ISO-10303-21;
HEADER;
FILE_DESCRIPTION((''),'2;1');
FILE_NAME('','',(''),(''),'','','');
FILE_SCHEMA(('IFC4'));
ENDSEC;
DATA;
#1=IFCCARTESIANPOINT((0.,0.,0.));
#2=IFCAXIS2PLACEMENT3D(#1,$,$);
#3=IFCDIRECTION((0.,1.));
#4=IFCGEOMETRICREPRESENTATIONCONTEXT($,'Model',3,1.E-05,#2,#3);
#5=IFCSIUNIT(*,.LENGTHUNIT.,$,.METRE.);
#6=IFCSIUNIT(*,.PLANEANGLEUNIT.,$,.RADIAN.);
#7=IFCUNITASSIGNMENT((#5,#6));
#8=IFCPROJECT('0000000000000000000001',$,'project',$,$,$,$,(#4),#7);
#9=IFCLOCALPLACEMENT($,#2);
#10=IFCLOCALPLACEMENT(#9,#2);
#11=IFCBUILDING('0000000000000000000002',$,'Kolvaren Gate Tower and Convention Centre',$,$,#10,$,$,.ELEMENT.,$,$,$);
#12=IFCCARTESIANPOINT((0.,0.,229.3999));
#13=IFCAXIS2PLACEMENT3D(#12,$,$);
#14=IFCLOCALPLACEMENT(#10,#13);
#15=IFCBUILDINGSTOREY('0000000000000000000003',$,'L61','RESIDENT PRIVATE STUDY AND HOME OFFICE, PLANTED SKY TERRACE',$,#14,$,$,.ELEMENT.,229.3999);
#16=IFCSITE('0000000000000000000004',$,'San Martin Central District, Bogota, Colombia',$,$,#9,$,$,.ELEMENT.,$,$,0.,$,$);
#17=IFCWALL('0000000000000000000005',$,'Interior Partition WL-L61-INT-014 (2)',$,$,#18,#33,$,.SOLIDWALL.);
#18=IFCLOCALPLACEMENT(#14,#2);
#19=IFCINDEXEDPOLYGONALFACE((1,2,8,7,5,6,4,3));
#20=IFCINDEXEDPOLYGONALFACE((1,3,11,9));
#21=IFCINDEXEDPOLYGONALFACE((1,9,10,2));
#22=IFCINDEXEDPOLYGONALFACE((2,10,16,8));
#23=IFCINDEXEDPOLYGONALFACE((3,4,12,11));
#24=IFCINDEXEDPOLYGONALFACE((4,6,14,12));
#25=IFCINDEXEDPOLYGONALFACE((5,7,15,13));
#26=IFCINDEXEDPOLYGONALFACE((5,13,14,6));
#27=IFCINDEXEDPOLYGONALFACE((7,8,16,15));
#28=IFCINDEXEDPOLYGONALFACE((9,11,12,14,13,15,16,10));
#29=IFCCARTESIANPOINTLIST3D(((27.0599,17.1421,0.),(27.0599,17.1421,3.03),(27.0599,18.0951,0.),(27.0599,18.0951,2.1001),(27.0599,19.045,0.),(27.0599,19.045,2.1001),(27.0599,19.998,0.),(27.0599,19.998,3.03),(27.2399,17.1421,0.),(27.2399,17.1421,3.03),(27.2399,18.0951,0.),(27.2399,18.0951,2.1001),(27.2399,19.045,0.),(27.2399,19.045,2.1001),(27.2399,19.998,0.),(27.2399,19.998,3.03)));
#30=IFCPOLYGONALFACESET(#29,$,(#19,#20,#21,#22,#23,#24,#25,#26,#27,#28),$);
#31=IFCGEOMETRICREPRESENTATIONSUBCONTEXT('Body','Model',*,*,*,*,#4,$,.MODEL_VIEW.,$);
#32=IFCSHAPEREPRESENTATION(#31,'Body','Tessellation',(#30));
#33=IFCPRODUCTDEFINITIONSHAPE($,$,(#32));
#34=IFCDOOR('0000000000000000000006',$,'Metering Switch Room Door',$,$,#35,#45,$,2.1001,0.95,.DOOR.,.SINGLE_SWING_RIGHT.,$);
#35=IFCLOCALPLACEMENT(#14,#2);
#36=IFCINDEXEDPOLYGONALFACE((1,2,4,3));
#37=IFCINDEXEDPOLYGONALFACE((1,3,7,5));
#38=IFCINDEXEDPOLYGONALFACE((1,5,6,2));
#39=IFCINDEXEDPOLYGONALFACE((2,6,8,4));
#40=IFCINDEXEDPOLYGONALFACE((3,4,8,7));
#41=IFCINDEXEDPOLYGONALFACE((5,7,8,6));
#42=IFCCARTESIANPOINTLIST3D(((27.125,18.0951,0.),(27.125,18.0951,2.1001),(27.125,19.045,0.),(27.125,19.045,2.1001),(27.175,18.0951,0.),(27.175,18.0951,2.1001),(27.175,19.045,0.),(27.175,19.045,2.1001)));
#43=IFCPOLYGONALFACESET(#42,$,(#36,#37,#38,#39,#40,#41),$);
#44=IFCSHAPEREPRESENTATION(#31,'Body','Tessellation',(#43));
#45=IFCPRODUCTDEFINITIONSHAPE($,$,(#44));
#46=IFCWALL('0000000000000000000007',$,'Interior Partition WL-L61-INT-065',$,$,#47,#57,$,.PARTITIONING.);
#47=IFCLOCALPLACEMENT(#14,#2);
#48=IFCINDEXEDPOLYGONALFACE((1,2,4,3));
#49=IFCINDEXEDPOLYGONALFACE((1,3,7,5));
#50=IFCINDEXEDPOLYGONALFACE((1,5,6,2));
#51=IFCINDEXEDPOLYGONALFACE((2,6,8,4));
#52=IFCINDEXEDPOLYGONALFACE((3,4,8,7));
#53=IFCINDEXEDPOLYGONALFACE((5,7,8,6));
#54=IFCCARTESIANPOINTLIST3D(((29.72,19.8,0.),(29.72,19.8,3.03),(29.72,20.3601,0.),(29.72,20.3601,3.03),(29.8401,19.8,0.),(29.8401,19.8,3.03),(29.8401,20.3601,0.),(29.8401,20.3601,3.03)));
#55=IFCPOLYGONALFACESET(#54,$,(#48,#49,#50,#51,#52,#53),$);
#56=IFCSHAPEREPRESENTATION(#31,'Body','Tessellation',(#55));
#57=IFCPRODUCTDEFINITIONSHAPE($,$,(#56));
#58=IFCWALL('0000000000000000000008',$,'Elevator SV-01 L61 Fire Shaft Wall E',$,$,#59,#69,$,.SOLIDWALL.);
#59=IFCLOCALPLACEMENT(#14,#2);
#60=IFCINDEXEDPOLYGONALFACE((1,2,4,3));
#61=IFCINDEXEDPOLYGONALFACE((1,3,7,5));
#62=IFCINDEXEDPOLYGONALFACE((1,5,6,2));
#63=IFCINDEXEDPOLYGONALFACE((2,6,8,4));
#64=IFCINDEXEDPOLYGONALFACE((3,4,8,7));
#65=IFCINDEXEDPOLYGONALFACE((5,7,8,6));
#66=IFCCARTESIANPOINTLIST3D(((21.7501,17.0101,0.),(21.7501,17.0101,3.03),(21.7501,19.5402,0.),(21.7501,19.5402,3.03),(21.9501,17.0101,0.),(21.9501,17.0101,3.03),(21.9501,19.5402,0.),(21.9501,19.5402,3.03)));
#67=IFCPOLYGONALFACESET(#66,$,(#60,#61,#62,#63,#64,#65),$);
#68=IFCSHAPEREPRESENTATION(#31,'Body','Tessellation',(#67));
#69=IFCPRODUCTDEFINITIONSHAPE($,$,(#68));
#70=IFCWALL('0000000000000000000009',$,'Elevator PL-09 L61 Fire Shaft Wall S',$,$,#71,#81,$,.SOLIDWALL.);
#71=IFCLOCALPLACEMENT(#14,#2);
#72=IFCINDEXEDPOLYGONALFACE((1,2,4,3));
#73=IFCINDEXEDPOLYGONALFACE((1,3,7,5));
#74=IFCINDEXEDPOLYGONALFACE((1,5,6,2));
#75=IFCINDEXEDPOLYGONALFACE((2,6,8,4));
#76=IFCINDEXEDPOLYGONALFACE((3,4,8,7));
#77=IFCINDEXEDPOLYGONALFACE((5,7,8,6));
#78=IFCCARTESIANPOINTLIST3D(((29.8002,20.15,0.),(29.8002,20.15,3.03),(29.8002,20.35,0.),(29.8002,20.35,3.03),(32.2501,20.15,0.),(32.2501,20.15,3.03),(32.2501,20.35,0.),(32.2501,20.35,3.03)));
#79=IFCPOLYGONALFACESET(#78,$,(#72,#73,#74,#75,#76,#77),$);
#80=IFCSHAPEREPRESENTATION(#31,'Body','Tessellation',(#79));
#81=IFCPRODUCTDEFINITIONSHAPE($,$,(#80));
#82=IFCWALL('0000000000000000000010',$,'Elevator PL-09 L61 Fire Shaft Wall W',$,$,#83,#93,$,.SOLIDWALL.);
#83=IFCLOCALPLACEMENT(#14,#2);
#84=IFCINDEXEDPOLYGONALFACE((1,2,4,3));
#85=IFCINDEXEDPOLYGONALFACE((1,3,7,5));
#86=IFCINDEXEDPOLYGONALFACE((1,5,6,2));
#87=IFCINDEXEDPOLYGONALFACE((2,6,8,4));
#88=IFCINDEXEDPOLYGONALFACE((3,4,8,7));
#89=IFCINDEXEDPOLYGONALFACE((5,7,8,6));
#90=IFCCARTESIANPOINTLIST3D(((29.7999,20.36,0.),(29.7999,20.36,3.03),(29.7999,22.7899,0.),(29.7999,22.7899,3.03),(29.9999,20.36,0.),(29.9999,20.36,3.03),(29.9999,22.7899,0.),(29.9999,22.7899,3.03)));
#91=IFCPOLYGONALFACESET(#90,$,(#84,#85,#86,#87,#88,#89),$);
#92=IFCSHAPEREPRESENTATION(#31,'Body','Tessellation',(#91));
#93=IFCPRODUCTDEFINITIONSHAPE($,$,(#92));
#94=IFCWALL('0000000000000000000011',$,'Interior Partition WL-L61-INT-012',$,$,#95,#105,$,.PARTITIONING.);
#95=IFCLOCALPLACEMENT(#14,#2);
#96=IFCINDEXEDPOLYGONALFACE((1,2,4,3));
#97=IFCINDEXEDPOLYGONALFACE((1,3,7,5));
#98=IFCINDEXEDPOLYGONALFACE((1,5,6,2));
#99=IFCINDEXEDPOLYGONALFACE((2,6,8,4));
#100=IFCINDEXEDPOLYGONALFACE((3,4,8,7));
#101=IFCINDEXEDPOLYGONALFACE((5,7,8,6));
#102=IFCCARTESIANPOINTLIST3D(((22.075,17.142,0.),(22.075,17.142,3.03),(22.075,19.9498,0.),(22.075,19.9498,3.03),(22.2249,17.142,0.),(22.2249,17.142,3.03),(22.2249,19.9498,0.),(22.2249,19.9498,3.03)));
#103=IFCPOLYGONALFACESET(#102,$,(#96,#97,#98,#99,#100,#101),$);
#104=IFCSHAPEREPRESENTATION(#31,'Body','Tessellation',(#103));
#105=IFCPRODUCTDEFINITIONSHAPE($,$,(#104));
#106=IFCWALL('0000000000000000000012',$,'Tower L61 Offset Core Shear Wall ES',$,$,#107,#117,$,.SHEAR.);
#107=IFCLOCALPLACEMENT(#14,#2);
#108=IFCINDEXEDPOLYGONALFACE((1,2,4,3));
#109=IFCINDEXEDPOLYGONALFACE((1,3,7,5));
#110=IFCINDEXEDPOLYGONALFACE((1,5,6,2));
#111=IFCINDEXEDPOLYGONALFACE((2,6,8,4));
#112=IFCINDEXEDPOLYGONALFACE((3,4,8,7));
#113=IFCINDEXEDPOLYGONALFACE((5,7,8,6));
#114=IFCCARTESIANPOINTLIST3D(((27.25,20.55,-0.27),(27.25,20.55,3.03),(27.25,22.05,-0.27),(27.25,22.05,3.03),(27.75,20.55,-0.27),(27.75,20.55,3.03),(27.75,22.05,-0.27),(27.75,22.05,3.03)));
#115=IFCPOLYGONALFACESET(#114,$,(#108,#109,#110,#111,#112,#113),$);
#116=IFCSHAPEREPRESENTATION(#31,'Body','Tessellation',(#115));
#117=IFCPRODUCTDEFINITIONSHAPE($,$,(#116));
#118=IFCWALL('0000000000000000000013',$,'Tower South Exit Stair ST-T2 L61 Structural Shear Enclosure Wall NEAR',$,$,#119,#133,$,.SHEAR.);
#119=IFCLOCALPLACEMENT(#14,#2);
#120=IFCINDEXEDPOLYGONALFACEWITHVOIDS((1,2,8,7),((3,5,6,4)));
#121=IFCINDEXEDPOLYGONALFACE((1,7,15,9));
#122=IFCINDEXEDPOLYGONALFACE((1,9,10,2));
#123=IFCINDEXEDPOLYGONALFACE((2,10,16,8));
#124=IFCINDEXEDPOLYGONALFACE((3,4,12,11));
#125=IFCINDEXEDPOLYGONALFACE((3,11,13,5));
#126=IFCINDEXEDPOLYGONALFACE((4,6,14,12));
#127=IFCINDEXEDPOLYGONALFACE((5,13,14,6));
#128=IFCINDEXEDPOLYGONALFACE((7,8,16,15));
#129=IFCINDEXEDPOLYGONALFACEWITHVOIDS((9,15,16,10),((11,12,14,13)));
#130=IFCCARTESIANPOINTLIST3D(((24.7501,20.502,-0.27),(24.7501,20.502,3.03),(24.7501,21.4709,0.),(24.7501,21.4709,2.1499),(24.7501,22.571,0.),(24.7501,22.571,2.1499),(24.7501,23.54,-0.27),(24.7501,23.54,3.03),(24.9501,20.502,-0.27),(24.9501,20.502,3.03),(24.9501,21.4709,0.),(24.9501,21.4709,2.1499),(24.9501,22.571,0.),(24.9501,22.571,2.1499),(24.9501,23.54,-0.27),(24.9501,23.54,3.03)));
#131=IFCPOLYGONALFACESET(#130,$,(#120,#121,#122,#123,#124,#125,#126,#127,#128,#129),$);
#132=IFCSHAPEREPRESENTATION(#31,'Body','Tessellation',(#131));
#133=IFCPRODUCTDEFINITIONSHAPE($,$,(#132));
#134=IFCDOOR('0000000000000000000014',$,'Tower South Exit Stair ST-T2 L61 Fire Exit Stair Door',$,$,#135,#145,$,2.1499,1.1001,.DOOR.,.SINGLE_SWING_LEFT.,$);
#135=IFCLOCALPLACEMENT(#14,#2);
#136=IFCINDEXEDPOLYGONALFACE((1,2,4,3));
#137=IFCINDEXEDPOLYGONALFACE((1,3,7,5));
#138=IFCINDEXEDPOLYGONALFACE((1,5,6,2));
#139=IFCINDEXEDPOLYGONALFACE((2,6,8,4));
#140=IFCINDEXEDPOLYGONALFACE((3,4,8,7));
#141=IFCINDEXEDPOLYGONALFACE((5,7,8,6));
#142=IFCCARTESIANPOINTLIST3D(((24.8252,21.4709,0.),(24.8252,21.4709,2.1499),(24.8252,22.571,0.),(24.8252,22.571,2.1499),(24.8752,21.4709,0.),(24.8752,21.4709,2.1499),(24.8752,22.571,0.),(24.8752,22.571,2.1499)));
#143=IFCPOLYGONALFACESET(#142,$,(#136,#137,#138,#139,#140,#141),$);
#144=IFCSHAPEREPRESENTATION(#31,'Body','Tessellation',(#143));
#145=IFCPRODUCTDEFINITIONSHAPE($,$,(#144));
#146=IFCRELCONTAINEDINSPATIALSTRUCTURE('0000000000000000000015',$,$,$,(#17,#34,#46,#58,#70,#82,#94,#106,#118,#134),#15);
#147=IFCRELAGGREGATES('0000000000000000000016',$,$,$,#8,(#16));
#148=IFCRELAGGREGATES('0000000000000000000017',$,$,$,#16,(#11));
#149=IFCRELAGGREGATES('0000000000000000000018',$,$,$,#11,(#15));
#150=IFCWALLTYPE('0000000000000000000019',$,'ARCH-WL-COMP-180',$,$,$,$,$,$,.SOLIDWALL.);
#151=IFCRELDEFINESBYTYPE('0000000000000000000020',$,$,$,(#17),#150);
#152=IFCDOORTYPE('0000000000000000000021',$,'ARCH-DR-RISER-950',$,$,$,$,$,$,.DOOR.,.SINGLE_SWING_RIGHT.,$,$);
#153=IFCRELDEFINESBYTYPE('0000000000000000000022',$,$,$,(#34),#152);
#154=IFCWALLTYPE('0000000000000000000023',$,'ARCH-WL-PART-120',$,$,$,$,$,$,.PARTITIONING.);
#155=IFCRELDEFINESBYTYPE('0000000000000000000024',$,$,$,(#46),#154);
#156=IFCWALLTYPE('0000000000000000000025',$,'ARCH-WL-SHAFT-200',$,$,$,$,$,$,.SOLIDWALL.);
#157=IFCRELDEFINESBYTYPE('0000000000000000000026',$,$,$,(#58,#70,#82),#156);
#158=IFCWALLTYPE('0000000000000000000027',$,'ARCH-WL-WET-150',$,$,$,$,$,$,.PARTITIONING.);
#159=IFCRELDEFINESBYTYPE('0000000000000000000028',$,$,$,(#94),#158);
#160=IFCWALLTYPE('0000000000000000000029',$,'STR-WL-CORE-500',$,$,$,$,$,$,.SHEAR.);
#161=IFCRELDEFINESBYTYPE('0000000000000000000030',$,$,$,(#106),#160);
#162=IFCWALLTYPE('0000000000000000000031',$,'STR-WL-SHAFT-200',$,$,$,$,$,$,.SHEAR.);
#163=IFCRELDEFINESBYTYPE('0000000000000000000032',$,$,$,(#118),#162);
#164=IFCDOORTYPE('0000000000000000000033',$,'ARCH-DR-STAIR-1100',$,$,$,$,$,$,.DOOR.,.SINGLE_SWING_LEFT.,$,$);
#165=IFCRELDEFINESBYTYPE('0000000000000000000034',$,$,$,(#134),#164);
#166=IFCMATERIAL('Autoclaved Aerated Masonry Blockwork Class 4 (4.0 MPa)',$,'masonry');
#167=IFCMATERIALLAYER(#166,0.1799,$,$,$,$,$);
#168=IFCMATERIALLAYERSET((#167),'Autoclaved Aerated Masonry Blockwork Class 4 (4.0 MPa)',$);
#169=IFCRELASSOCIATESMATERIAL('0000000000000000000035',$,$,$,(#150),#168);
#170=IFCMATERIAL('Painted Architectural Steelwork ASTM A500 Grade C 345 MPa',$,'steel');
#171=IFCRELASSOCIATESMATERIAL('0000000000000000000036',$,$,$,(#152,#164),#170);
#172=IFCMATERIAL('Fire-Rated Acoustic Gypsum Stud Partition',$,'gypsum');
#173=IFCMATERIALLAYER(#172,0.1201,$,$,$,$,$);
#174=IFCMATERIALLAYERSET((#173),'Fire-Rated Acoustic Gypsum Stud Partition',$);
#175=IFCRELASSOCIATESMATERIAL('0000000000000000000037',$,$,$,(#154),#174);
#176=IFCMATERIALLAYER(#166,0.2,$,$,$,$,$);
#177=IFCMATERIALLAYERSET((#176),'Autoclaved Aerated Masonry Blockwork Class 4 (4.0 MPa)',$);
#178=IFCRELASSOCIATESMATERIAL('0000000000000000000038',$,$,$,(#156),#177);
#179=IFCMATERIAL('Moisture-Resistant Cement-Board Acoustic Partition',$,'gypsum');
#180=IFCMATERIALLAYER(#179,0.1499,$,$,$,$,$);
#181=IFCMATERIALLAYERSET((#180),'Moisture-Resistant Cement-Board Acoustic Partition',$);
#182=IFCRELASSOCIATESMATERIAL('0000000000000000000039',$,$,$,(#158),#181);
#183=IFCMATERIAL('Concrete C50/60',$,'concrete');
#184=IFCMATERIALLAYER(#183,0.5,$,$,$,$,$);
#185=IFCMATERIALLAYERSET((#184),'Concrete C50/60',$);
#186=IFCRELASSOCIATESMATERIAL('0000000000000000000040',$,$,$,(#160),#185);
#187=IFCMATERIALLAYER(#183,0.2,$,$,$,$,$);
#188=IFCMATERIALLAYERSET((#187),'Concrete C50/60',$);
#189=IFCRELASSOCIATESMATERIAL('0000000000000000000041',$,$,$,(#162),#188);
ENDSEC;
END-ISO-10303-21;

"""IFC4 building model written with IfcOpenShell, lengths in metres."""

from ifc_helpers import new_model, si_unit, direction, frame, frame_2d, origin, place, context, subcontext, project, spatial, rectangle, extrude, material, layer, layer_set, type_object, element, fill, save


model = new_model("IFC4")

# Units and contexts
model_context = context("Model", 3, precision=1e-05, world=origin(), true_north=direction((0.0, 1.0)))
body_context = subcontext(model_context, "Body", "Model", "MODEL_VIEW")
ifc_project = project(units=[si_unit("LENGTHUNIT", "METRE"), si_unit("PLANEANGLEUNIT", "RADIAN")], contexts=[model_context])

# Site, building, storey
site_placement = place(None, origin())
site = spatial("IfcSite", under=ifc_project, at=site_placement, Name="San Martin Central District, Bogota, Colombia", CompositionType="ELEMENT", RefElevation=0.0)
building_placement = place(site_placement, origin())
building = spatial("IfcBuilding", under=site, at=building_placement, Name="Kolvaren Gate Tower and Convention Centre", CompositionType="ELEMENT")
storey_placement = place(building_placement, frame((0.0, 0.0, 229.3999)))
storey = spatial("IfcBuildingStorey", under=building, at=storey_placement, Name="L61", Description="RESIDENT PRIVATE STUDY AND HOME OFFICE, PLANTED SKY TERRACE", CompositionType="ELEMENT", Elevation=229.3999)

# Shared definitions
ifc_material_1 = material(Name="Autoclaved Aerated Masonry Blockwork Class 4 (4.0 MPa)", Category="masonry")
ifc_layer_1 = layer(ifc_material_1, 0.1799)
ifc_layer_set_1 = layer_set([ifc_layer_1], Name="Autoclaved Aerated Masonry Blockwork Class 4 (4.0 MPa)")
wall_type_1 = type_object("IfcWallType", Name="ARCH-WL-COMP-180", PredefinedType="SOLIDWALL", material=ifc_layer_set_1)
ifc_material_2 = material(Name="Painted Architectural Steelwork ASTM A500 Grade C 345 MPa", Category="steel")
door_type_1 = type_object("IfcDoorType", Name="ARCH-DR-RISER-950", OperationType="SINGLE_SWING_RIGHT", PredefinedType="DOOR", material=ifc_material_2)

# Wall, opening, door
wall_1_placement = place(storey_placement, frame((27.1499, 17.1421, 0.0), z_axis=(0.0, 0.0, 1.0), x_axis=(0.0, 1.0, 0.0)))
wall_1 = element("IfcWall", 1, at=wall_1_placement, inside=storey, type_object=wall_type_1, Name="Interior Partition WL-L61-INT-014 (2)", PredefinedType="SOLIDWALL", context=body_context, shape_type="SweptSolid", body=[
    extrude(rectangle(XDim=2.856, YDim=0.1799, at=frame_2d((1.428, 0.0))), origin(), (0.0, 0.0, 1.0), 3.03),
])
opening_1_placement = place(wall_1_placement, frame((0.9529, 0.0, 0.0)))
opening_1 = element("IfcOpeningElement", 2, at=opening_1_placement, cuts=wall_1, PredefinedType="OPENING", context=body_context, shape_type="SweptSolid", body=[
    extrude(rectangle(XDim=0.95, YDim=2.1001, at=frame_2d((0.4751, 1.05))), frame((0.0, 0.0999, 0.0), z_axis=(0.0, -1.0, 0.0), x_axis=(1.0, 0.0, 0.0)), (0.0, 0.0, 1.0), 0.2),
])
door_1_placement = place(opening_1_placement, origin())
door_1 = element("IfcDoor", 3, at=door_1_placement, inside=storey, type_object=door_type_1, Name="Metering Switch Room Door", OperationType="SINGLE_SWING_RIGHT", OverallHeight=2.1001, OverallWidth=0.95, PredefinedType="DOOR", context=body_context, shape_type="SweptSolid", body=[
    extrude(rectangle(XDim=0.95, YDim=2.1001, at=frame_2d((0.4751, 1.05))), frame((0.0, 0.0249, 0.0), z_axis=(0.0, -1.0, 0.0), x_axis=(1.0, 0.0, 0.0)), (0.0, 0.0, 1.0), 0.05),
])
fill(opening_1, door_1)

# Walls
ifc_material_3 = material(Name="Fire-Rated Acoustic Gypsum Stud Partition", Category="gypsum")
ifc_layer_2 = layer(ifc_material_3, 0.1201)
ifc_layer_set_2 = layer_set([ifc_layer_2], Name="Fire-Rated Acoustic Gypsum Stud Partition")
wall_type_2 = type_object("IfcWallType", Name="ARCH-WL-PART-120", PredefinedType="PARTITIONING", material=ifc_layer_set_2)
wall_2_placement = place(storey_placement, frame((29.78, 19.8, 0.0), z_axis=(0.0, 0.0, 1.0), x_axis=(0.0, 1.0, 0.0)))
element("IfcWall", 4, at=wall_2_placement, inside=storey, type_object=wall_type_2, Name="Interior Partition WL-L61-INT-065", PredefinedType="PARTITIONING", context=body_context, shape_type="SweptSolid", body=[
    extrude(rectangle(XDim=0.5601, YDim=0.1201, at=frame_2d((0.28, 0.0))), origin(), (0.0, 0.0, 1.0), 3.03),
])
ifc_layer_3 = layer(ifc_material_1, 0.2)
ifc_layer_set_3 = layer_set([ifc_layer_3], Name="Autoclaved Aerated Masonry Blockwork Class 4 (4.0 MPa)")
wall_type_3 = type_object("IfcWallType", Name="ARCH-WL-SHAFT-200", PredefinedType="SOLIDWALL", material=ifc_layer_set_3)
wall_3_placement = place(storey_placement, frame((21.8501, 17.01, 0.0), z_axis=(0.0, 0.0, 1.0), x_axis=(0.0, 1.0, 0.0)))
element("IfcWall", 5, at=wall_3_placement, inside=storey, type_object=wall_type_3, Name="Elevator SV-01 L61 Fire Shaft Wall E", PredefinedType="SOLIDWALL", context=body_context, shape_type="SweptSolid", body=[
    extrude(rectangle(XDim=2.53, YDim=0.2, at=frame_2d((1.2651, 0.0))), origin(), (0.0, 0.0, 1.0), 3.03),
])
wall_4_placement = place(storey_placement, frame((29.8, 20.25, 0.0), z_axis=(0.0, 0.0, 1.0), x_axis=(1.0, 0.0, 0.0)))
element("IfcWall", 6, at=wall_4_placement, inside=storey, type_object=wall_type_3, Name="Elevator PL-09 L61 Fire Shaft Wall S", PredefinedType="SOLIDWALL", context=body_context, shape_type="SweptSolid", body=[
    extrude(rectangle(XDim=2.45, YDim=0.2, at=frame_2d((1.2251, 0.0))), origin(), (0.0, 0.0, 1.0), 3.03),
])
wall_5_placement = place(storey_placement, frame((29.8999, 20.3601, 0.0), z_axis=(0.0, 0.0, 1.0), x_axis=(0.0, 1.0, 0.0)))
element("IfcWall", 7, at=wall_5_placement, inside=storey, type_object=wall_type_3, Name="Elevator PL-09 L61 Fire Shaft Wall W", PredefinedType="SOLIDWALL", context=body_context, shape_type="SweptSolid", body=[
    extrude(rectangle(XDim=2.4299, YDim=0.2, at=frame_2d((1.2148, 0.0))), origin(), (0.0, 0.0, 1.0), 3.03),
])
ifc_material_4 = material(Name="Moisture-Resistant Cement-Board Acoustic Partition", Category="gypsum")
ifc_layer_4 = layer(ifc_material_4, 0.1499)
ifc_layer_set_4 = layer_set([ifc_layer_4], Name="Moisture-Resistant Cement-Board Acoustic Partition")
wall_type_4 = type_object("IfcWallType", Name="ARCH-WL-WET-150", PredefinedType="PARTITIONING", material=ifc_layer_set_4)
wall_6_placement = place(storey_placement, frame((22.1499, 17.1421, 0.0), z_axis=(0.0, 0.0, 1.0), x_axis=(0.0, 1.0, 0.0)))
element("IfcWall", 8, at=wall_6_placement, inside=storey, type_object=wall_type_4, Name="Interior Partition WL-L61-INT-012", PredefinedType="PARTITIONING", context=body_context, shape_type="SweptSolid", body=[
    extrude(rectangle(XDim=2.8079, YDim=0.1499, at=frame_2d((1.4038, 0.0))), origin(), (0.0, 0.0, 1.0), 3.03),
])
ifc_material_5 = material(Name="Concrete C50/60", Category="concrete")
ifc_layer_5 = layer(ifc_material_5, 0.5)
ifc_layer_set_5 = layer_set([ifc_layer_5], Name="Concrete C50/60")
wall_type_5 = type_object("IfcWallType", Name="STR-WL-CORE-500", PredefinedType="SHEAR", material=ifc_layer_set_5)
wall_7_placement = place(storey_placement, frame((27.5, 20.55, -0.27), z_axis=(0.0, 0.0, 1.0), x_axis=(0.0, 1.0, 0.0)))
element("IfcWall", 9, at=wall_7_placement, inside=storey, type_object=wall_type_5, Name="Tower L61 Offset Core Shear Wall ES", PredefinedType="SHEAR", context=body_context, shape_type="SweptSolid", body=[
    extrude(rectangle(XDim=1.5, YDim=0.5, at=frame_2d((0.75, 0.0))), origin(), (0.0, 0.0, 1.0), 3.3),
])

# Wall, opening, door
ifc_layer_6 = layer(ifc_material_5, 0.2)
ifc_layer_set_6 = layer_set([ifc_layer_6], Name="Concrete C50/60")
wall_type_6 = type_object("IfcWallType", Name="STR-WL-SHAFT-200", PredefinedType="SHEAR", material=ifc_layer_set_6)
wall_8_placement = place(storey_placement, frame((24.8501, 20.502, -0.27), z_axis=(0.0, 0.0, 1.0), x_axis=(0.0, 1.0, 0.0)))
wall_8 = element("IfcWall", 10, at=wall_8_placement, inside=storey, type_object=wall_type_6, Name="Tower South Exit Stair ST-T2 L61 Structural Shear Enclosure Wall NEAR", PredefinedType="SHEAR", context=body_context, shape_type="SweptSolid", body=[
    extrude(rectangle(XDim=3.0381, YDim=0.2, at=frame_2d((1.519, 0.0))), origin(), (0.0, 0.0, 1.0), 3.3),
])
opening_2_placement = place(wall_8_placement, frame((0.969, 0.0, 0.27)))
opening_2 = element("IfcOpeningElement", 11, at=opening_2_placement, cuts=wall_8, PredefinedType="OPENING", context=body_context, shape_type="SweptSolid", body=[
    extrude(rectangle(XDim=1.1001, YDim=2.1499, at=frame_2d((0.55, 1.075))), frame((0.0, 0.1099, 0.0), z_axis=(0.0, -1.0, 0.0), x_axis=(1.0, 0.0, 0.0)), (0.0, 0.0, 1.0), 0.22),
])
door_type_2 = type_object("IfcDoorType", Name="ARCH-DR-STAIR-1100", OperationType="SINGLE_SWING_LEFT", PredefinedType="DOOR", material=ifc_material_2)
door_2_placement = place(opening_2_placement, origin())
door_2 = element("IfcDoor", 12, at=door_2_placement, inside=storey, type_object=door_type_2, Name="Tower South Exit Stair ST-T2 L61 Fire Exit Stair Door", OperationType="SINGLE_SWING_LEFT", OverallHeight=2.1499, OverallWidth=1.1001, PredefinedType="DOOR", context=body_context, shape_type="SweptSolid", body=[
    extrude(rectangle(XDim=1.1001, YDim=2.1499, at=frame_2d((0.55, 1.075))), frame((0.0, 0.0249, 0.0), z_axis=(0.0, -1.0, 0.0), x_axis=(1.0, 0.0, 0.0)), (0.0, 0.0, 1.0), 0.05),
])
fill(opening_2, door_2)

save(model, "model.ifc")
